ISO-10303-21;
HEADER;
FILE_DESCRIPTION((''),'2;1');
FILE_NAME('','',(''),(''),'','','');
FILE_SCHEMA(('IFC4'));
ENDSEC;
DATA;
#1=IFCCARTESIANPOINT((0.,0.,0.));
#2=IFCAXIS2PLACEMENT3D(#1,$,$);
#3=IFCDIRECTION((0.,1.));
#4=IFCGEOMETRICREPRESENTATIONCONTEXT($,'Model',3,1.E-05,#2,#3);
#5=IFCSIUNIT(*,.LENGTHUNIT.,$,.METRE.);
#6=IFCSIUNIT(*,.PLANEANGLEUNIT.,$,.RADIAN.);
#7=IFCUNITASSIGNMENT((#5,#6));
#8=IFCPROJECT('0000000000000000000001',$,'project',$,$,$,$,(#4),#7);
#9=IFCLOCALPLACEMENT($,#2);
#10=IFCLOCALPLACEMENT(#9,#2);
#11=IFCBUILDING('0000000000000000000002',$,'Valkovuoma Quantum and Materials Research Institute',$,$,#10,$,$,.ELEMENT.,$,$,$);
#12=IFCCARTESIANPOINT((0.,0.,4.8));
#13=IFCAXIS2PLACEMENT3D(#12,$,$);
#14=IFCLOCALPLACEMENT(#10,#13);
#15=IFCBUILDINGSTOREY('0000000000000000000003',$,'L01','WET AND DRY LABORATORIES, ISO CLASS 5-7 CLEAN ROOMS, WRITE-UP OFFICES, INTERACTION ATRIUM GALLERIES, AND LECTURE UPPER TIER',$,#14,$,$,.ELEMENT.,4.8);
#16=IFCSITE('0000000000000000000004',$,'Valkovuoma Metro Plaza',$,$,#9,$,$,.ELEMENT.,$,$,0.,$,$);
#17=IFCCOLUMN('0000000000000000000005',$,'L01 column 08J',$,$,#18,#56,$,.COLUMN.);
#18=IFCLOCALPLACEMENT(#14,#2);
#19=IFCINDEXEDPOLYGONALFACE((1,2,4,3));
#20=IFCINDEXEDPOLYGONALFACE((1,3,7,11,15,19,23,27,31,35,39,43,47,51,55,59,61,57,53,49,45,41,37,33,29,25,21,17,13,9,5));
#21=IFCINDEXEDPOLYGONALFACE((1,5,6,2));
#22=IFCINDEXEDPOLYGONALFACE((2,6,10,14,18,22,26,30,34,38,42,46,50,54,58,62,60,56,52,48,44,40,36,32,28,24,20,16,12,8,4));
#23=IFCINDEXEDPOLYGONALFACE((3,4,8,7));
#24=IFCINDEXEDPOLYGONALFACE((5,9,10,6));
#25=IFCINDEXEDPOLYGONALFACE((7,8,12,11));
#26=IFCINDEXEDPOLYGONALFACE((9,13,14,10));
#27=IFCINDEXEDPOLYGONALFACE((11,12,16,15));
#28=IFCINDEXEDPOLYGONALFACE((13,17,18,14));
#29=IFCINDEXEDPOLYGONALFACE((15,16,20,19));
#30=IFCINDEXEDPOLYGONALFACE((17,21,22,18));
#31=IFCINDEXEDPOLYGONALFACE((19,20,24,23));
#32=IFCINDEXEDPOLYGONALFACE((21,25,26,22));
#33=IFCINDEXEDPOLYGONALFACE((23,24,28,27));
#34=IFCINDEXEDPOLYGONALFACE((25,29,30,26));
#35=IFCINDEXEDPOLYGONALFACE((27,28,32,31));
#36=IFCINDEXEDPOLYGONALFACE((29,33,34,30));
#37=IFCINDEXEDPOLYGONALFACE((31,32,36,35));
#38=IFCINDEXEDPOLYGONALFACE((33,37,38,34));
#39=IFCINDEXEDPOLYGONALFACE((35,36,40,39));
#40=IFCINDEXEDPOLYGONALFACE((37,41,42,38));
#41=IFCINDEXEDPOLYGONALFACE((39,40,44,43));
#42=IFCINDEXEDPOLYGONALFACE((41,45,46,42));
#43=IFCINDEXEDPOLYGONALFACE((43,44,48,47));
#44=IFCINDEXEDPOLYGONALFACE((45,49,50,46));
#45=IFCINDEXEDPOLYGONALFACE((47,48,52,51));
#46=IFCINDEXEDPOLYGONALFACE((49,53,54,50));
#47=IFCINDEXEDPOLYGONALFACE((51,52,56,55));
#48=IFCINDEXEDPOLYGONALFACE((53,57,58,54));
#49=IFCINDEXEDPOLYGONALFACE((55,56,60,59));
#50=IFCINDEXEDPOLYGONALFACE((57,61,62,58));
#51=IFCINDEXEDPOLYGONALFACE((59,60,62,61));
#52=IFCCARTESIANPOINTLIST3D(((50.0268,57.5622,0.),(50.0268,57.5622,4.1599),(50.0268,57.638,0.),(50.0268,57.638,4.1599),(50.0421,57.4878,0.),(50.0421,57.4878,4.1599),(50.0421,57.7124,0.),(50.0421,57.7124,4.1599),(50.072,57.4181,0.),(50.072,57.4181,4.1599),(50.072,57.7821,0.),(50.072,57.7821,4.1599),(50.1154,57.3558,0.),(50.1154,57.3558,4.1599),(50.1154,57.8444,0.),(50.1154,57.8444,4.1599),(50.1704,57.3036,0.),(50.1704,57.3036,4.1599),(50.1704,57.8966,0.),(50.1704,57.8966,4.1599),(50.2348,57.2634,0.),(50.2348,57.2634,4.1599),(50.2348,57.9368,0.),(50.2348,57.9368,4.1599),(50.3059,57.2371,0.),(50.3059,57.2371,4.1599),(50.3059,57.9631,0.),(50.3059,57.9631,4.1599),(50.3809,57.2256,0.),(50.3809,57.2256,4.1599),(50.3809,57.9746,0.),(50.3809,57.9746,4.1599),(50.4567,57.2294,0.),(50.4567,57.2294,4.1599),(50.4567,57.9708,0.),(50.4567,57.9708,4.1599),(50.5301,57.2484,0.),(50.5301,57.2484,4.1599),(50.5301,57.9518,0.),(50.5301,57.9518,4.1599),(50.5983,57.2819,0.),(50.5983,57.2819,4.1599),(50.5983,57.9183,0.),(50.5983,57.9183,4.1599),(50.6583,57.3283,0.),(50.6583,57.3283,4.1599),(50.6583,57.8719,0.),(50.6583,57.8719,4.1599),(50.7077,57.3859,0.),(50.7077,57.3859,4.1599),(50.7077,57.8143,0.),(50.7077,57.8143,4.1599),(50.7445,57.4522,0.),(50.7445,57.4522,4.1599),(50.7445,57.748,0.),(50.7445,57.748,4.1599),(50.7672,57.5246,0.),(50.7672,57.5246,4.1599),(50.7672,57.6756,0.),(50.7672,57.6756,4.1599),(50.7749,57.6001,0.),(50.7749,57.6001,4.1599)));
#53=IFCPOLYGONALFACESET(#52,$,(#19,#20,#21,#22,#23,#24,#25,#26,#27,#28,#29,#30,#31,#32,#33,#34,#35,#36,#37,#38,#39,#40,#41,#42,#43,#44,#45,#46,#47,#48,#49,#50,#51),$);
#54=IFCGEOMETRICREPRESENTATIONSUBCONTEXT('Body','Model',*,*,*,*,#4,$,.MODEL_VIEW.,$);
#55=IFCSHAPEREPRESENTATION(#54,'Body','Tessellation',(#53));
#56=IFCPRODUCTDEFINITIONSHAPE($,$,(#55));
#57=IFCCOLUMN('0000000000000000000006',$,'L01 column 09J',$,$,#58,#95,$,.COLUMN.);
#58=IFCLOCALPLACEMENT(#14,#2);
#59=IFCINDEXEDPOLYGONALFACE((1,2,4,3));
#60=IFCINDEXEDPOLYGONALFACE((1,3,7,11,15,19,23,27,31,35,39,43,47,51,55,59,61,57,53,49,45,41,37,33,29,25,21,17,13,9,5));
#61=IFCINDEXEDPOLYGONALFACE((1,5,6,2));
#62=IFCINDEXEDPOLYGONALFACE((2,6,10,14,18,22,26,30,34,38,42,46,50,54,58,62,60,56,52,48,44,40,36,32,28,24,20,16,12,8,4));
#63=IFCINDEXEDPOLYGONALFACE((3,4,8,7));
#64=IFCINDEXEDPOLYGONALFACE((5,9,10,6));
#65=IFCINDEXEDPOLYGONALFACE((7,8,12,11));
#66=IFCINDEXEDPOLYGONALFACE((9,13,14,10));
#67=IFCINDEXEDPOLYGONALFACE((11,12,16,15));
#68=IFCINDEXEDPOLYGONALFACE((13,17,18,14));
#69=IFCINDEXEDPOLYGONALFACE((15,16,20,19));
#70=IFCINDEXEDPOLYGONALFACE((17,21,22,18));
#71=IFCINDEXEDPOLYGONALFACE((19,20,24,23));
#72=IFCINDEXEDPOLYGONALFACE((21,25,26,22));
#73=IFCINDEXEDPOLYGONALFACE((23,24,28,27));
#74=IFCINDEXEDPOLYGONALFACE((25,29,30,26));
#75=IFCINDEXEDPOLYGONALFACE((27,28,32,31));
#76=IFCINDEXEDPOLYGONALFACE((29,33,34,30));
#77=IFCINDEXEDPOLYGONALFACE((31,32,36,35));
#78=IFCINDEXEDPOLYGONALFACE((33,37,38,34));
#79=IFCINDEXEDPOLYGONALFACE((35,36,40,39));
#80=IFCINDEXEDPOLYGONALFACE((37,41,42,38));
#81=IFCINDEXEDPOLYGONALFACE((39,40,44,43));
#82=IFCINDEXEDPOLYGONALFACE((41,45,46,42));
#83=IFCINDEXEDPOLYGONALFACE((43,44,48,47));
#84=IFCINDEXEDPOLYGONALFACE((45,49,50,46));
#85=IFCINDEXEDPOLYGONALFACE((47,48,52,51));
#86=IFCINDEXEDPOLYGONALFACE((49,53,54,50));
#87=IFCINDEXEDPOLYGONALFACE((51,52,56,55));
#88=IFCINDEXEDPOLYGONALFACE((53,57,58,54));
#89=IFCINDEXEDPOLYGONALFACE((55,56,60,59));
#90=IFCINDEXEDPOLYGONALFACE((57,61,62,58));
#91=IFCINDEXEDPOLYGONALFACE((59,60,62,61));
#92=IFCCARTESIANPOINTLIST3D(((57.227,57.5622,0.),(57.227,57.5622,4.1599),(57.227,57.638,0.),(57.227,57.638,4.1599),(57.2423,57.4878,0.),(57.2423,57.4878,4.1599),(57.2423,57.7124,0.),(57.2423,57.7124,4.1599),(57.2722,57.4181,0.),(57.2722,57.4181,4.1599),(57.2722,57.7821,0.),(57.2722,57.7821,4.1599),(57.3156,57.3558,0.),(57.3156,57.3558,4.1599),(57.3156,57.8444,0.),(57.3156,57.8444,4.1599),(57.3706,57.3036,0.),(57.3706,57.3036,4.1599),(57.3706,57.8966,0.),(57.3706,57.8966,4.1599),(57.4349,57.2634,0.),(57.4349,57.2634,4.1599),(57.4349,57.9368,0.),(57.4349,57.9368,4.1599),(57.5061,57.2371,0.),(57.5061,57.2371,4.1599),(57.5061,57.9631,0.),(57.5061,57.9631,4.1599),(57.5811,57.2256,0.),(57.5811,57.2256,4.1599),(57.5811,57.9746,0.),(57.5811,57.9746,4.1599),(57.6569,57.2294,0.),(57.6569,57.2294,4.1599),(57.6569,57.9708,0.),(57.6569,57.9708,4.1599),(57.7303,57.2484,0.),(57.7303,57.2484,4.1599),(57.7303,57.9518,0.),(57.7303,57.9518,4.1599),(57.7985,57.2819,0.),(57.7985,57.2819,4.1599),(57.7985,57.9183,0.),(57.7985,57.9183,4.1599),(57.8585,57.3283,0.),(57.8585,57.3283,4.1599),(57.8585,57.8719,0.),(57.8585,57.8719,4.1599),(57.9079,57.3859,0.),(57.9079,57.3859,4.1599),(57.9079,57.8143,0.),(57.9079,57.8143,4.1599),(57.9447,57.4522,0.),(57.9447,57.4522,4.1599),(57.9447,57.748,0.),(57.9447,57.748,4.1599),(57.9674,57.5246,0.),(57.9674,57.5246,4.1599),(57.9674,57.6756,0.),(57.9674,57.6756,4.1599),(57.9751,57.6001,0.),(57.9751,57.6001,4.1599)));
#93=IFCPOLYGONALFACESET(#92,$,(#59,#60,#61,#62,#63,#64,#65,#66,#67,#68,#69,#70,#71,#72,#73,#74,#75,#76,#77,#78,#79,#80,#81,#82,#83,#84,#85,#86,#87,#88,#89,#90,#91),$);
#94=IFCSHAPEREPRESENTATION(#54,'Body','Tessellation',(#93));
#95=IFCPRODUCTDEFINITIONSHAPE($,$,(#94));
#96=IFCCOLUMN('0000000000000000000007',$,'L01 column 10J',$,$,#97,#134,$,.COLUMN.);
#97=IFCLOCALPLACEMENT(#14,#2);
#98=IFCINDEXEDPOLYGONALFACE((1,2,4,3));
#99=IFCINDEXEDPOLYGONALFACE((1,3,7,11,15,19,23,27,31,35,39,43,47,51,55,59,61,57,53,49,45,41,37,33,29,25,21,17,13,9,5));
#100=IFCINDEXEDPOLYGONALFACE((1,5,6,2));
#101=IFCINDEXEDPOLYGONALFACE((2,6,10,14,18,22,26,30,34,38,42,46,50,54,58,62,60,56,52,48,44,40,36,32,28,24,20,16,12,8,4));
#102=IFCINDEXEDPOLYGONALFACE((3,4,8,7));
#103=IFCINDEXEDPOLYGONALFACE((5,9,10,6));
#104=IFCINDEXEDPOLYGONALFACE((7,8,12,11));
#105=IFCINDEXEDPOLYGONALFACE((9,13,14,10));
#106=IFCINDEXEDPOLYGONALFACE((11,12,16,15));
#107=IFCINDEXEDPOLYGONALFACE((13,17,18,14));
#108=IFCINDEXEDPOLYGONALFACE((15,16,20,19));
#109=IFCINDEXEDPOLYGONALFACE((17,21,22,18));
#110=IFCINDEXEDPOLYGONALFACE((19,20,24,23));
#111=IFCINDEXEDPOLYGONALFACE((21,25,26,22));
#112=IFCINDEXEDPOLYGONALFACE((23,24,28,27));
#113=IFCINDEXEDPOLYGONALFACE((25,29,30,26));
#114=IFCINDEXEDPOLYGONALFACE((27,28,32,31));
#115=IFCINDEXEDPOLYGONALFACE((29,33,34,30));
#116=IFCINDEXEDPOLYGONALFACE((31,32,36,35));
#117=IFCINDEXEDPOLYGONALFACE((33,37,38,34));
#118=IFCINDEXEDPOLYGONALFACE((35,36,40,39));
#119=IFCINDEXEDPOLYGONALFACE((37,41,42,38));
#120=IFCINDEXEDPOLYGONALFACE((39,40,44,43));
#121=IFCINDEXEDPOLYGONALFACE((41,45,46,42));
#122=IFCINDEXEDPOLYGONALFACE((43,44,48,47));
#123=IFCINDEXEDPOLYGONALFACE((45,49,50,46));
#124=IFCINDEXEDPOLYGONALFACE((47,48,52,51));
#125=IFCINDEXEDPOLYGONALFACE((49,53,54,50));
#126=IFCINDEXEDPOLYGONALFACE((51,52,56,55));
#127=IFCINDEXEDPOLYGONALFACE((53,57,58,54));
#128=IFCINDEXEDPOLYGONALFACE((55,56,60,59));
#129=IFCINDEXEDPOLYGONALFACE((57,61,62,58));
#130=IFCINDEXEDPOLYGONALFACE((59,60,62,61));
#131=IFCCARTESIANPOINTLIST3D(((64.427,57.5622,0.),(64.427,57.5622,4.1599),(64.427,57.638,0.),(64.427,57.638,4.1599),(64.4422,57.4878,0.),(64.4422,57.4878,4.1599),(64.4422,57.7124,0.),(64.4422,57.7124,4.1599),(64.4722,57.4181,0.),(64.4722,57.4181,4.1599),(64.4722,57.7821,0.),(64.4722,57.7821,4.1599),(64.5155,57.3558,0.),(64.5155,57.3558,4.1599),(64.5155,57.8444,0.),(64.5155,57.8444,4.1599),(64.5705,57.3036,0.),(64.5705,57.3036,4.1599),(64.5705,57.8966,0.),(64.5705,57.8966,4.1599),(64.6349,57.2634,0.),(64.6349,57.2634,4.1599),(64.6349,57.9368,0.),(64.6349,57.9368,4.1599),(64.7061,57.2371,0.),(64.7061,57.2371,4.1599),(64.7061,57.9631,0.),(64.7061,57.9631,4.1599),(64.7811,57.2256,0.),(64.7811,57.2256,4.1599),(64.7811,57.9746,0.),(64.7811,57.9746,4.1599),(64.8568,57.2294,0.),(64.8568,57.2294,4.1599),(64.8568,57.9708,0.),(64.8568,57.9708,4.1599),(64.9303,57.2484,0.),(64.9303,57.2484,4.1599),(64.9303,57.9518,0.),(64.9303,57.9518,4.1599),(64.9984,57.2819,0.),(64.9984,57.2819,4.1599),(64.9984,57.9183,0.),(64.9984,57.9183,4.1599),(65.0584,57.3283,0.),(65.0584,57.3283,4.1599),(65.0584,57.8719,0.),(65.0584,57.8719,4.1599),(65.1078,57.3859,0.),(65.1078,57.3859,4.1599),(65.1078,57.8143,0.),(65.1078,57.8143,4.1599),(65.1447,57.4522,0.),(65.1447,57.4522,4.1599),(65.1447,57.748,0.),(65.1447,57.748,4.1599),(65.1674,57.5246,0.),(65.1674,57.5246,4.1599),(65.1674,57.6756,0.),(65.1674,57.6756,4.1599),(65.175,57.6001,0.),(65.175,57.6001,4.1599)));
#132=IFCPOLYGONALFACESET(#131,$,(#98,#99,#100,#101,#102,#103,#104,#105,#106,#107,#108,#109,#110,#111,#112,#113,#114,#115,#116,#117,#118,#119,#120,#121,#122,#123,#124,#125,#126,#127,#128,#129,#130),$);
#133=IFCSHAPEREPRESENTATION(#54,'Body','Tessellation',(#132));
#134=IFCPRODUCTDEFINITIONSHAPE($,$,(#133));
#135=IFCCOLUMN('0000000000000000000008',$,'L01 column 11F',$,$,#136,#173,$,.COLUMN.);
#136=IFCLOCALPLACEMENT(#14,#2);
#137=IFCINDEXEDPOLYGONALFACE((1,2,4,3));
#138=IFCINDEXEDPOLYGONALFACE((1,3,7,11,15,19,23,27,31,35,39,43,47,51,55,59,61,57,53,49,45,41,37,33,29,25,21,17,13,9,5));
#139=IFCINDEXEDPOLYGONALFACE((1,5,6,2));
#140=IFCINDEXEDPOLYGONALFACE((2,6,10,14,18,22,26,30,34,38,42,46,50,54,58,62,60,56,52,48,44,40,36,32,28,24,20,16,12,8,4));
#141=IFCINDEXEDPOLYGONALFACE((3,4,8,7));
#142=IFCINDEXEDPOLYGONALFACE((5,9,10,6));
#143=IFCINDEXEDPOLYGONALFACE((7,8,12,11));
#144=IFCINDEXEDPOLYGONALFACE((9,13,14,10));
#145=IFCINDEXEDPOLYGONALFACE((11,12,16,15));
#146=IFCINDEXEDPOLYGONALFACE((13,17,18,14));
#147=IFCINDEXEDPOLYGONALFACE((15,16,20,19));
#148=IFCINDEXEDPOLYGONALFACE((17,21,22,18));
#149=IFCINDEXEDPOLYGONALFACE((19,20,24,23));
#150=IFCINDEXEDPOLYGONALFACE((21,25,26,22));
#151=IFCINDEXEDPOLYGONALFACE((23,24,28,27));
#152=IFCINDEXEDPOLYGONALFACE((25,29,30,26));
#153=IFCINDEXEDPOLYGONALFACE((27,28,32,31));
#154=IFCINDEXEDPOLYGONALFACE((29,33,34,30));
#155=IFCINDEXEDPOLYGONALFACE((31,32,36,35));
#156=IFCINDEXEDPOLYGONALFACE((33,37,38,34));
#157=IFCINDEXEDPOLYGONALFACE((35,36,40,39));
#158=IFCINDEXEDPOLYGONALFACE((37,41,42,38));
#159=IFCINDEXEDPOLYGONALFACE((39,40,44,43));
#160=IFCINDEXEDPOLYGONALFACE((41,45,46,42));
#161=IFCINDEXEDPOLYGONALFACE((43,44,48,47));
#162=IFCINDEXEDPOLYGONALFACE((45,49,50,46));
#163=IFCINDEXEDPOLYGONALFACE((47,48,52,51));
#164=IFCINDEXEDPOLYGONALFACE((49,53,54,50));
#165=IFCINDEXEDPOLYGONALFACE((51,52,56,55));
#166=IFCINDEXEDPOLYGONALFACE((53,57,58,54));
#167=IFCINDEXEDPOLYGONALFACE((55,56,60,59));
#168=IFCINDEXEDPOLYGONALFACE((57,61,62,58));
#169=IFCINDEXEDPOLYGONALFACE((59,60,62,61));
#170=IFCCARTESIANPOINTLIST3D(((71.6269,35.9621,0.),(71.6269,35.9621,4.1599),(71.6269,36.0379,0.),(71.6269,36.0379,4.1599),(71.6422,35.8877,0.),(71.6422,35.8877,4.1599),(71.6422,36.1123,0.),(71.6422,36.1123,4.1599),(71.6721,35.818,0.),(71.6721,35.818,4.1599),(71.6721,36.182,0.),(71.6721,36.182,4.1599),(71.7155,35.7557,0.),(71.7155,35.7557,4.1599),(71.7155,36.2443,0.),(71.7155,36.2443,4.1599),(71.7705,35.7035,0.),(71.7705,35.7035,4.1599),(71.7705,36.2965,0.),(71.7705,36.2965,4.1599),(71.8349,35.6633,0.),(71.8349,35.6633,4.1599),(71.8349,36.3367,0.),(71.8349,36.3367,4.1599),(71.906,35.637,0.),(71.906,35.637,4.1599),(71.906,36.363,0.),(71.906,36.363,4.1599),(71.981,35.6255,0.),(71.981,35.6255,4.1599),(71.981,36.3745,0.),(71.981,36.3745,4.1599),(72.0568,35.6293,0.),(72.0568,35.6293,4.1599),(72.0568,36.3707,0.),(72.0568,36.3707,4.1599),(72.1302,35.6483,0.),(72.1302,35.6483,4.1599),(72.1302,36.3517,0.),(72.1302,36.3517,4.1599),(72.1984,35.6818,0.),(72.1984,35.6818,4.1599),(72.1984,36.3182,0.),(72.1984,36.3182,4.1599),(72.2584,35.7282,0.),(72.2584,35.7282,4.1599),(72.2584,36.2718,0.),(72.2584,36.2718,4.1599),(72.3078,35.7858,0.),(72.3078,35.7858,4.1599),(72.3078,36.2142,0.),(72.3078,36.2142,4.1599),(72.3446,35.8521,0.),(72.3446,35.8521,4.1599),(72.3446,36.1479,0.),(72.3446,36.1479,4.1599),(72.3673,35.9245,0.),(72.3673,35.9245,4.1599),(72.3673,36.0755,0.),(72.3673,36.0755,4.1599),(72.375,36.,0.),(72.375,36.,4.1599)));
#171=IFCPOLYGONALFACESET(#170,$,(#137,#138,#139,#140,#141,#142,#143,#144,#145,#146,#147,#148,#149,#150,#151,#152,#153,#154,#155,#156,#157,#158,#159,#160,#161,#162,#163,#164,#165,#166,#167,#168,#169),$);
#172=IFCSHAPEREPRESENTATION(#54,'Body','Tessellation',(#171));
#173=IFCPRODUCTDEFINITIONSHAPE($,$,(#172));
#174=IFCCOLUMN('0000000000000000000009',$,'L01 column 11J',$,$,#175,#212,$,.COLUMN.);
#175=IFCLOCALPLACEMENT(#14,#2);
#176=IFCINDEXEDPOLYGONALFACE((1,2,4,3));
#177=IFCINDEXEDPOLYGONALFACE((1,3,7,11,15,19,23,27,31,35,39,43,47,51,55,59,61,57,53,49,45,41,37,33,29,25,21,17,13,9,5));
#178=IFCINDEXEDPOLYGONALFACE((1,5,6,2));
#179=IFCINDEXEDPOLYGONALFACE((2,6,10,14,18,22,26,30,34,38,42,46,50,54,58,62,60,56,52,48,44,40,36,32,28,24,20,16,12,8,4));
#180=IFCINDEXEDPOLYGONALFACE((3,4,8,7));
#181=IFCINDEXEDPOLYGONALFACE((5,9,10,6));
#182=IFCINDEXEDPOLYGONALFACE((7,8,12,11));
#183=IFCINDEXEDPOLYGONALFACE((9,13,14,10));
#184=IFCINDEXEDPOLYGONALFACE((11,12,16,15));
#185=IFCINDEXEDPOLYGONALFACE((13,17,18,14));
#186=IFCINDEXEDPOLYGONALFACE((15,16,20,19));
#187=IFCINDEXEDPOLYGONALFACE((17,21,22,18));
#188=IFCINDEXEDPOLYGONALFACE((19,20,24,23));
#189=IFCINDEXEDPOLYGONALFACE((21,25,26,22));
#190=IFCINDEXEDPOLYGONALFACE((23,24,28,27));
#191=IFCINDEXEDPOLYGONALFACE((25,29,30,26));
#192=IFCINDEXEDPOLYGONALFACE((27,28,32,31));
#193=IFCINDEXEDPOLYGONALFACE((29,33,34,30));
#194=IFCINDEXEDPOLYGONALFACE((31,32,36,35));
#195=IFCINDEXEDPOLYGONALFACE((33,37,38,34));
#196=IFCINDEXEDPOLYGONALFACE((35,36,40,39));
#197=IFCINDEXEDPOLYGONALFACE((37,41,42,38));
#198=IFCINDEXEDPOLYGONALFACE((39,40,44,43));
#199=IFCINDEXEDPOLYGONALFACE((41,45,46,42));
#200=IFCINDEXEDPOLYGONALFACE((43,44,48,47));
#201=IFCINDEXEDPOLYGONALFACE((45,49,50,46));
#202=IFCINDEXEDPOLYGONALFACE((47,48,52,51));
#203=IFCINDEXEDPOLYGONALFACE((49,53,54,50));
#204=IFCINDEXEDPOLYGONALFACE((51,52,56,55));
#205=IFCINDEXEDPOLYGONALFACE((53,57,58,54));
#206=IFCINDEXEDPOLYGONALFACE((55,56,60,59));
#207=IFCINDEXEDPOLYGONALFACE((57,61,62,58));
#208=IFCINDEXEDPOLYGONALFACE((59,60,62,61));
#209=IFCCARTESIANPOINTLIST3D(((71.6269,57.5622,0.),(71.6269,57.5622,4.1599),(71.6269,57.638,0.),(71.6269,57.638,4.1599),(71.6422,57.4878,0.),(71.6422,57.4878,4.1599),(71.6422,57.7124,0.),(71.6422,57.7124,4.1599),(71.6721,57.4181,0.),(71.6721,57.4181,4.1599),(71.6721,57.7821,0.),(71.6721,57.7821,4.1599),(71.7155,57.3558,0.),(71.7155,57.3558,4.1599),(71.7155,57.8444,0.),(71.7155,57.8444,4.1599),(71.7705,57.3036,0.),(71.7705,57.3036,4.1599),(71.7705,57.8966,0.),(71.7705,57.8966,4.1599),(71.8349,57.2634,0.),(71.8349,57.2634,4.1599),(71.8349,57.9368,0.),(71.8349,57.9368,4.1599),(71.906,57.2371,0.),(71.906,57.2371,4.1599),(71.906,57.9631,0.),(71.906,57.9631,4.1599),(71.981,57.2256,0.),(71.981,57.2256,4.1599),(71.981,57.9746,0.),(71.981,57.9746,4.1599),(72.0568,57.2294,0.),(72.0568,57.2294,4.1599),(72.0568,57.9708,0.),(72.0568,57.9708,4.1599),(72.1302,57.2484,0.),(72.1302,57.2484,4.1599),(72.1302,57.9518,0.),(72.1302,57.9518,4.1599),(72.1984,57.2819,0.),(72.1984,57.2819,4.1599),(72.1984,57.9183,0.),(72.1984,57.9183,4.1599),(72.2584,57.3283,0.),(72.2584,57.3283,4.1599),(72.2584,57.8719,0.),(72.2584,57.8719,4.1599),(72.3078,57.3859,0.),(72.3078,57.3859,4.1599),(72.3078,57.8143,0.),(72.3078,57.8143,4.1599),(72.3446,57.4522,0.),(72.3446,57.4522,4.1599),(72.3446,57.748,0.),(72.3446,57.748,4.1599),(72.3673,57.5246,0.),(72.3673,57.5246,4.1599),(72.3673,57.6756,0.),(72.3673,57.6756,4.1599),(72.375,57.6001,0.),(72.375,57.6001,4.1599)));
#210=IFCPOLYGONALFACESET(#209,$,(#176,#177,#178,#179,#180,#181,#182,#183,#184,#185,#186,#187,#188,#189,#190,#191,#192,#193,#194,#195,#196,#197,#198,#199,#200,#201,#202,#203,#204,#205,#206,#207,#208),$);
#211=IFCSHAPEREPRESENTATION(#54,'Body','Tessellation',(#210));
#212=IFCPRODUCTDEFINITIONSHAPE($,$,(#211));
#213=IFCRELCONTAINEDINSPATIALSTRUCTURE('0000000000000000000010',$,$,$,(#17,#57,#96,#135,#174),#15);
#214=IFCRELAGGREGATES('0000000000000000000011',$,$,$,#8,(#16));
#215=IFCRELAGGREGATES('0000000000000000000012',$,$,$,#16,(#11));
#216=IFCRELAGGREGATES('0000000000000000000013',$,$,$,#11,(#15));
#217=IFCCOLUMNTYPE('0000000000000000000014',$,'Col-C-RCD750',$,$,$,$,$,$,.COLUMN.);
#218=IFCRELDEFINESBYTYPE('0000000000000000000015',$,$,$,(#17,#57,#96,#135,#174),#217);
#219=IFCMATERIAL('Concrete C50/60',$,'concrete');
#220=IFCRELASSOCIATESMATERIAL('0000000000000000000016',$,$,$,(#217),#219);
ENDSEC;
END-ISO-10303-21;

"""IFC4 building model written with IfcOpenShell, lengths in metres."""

from ifc_helpers import new_model, si_unit, direction, frame, origin, origin_2d, place, context, subcontext, project, spatial, circle, extrude, material, material_profile, profile_set, type_object, element, save


model = new_model("IFC4")

# Units and contexts
model_context = context("Model", 3, precision=1e-05, world=origin(), true_north=direction((0.0, 1.0)))
body_context = subcontext(model_context, "Body", "Model", "MODEL_VIEW")
ifc_project = project(units=[si_unit("LENGTHUNIT", "METRE"), si_unit("PLANEANGLEUNIT", "RADIAN")], contexts=[model_context])

# Site, building, storey
site_placement = place(None, origin())
site = spatial("IfcSite", under=ifc_project, at=site_placement, Name="Valkovuoma Metro Plaza", CompositionType="ELEMENT", RefElevation=0.0)
building_placement = place(site_placement, origin())
building = spatial("IfcBuilding", under=site, at=building_placement, Name="Valkovuoma Quantum and Materials Research Institute", CompositionType="ELEMENT")
storey_placement = place(building_placement, frame((0.0, 0.0, 4.8)))
storey = spatial("IfcBuildingStorey", under=building, at=storey_placement, Name="L01", Description="WET AND DRY LABORATORIES, ISO CLASS 5-7 CLEAN ROOMS, WRITE-UP OFFICES, INTERACTION ATRIUM GALLERIES, AND LECTURE UPPER TIER", CompositionType="ELEMENT", Elevation=4.8)

# Columns
ifc_material_1 = material(Name="Concrete C50/60", Category="concrete")
ifc_material_profile_1 = material_profile(ifc_material_1, circle(Radius=0.375, at=origin_2d()), Name="Concrete C50/60")
ifc_profile_set_1 = profile_set([ifc_material_profile_1], Name="Concrete C50/60")
column_type = type_object("IfcColumnType", Name="Col-C-RCD750", PredefinedType="COLUMN", material=ifc_profile_set_1)
for number, where, z_axis, x_axis, name in (
    (1, (50.3999, 57.6001, 0.0), (0.0, 0.0, 1.0), (1.0, 0.0, 0.0), "L01 column 08J"),
    (2, (57.6001, 57.6001, 0.0), (0.0, 0.0, 1.0), (1.0, 0.0, 0.0), "L01 column 09J"),
    (3, (64.8, 57.6001, 0.0), (0.0, 0.0, 1.0), (1.0, 0.0, 0.0), "L01 column 10J"),
    (4, (72.0, 36.0, 0.0), (0.0, 0.0, 1.0), (1.0, 0.0, 0.0), "L01 column 11F"),
    (5, (72.0, 57.6001, 0.0), (0.0, 0.0, 1.0), (1.0, 0.0, 0.0), "L01 column 11J"),
):
    element("IfcColumn", number, at=place(storey_placement, frame(where, z_axis=z_axis, x_axis=x_axis)), inside=storey, type_object=column_type, Name=name, PredefinedType="COLUMN", context=body_context, shape_type="SweptSolid", body=[
        extrude(circle(Radius=0.375, at=origin_2d()), origin(), (0.0, 0.0, 1.0), 4.1599),
    ])

save(model, "model.ifc")
